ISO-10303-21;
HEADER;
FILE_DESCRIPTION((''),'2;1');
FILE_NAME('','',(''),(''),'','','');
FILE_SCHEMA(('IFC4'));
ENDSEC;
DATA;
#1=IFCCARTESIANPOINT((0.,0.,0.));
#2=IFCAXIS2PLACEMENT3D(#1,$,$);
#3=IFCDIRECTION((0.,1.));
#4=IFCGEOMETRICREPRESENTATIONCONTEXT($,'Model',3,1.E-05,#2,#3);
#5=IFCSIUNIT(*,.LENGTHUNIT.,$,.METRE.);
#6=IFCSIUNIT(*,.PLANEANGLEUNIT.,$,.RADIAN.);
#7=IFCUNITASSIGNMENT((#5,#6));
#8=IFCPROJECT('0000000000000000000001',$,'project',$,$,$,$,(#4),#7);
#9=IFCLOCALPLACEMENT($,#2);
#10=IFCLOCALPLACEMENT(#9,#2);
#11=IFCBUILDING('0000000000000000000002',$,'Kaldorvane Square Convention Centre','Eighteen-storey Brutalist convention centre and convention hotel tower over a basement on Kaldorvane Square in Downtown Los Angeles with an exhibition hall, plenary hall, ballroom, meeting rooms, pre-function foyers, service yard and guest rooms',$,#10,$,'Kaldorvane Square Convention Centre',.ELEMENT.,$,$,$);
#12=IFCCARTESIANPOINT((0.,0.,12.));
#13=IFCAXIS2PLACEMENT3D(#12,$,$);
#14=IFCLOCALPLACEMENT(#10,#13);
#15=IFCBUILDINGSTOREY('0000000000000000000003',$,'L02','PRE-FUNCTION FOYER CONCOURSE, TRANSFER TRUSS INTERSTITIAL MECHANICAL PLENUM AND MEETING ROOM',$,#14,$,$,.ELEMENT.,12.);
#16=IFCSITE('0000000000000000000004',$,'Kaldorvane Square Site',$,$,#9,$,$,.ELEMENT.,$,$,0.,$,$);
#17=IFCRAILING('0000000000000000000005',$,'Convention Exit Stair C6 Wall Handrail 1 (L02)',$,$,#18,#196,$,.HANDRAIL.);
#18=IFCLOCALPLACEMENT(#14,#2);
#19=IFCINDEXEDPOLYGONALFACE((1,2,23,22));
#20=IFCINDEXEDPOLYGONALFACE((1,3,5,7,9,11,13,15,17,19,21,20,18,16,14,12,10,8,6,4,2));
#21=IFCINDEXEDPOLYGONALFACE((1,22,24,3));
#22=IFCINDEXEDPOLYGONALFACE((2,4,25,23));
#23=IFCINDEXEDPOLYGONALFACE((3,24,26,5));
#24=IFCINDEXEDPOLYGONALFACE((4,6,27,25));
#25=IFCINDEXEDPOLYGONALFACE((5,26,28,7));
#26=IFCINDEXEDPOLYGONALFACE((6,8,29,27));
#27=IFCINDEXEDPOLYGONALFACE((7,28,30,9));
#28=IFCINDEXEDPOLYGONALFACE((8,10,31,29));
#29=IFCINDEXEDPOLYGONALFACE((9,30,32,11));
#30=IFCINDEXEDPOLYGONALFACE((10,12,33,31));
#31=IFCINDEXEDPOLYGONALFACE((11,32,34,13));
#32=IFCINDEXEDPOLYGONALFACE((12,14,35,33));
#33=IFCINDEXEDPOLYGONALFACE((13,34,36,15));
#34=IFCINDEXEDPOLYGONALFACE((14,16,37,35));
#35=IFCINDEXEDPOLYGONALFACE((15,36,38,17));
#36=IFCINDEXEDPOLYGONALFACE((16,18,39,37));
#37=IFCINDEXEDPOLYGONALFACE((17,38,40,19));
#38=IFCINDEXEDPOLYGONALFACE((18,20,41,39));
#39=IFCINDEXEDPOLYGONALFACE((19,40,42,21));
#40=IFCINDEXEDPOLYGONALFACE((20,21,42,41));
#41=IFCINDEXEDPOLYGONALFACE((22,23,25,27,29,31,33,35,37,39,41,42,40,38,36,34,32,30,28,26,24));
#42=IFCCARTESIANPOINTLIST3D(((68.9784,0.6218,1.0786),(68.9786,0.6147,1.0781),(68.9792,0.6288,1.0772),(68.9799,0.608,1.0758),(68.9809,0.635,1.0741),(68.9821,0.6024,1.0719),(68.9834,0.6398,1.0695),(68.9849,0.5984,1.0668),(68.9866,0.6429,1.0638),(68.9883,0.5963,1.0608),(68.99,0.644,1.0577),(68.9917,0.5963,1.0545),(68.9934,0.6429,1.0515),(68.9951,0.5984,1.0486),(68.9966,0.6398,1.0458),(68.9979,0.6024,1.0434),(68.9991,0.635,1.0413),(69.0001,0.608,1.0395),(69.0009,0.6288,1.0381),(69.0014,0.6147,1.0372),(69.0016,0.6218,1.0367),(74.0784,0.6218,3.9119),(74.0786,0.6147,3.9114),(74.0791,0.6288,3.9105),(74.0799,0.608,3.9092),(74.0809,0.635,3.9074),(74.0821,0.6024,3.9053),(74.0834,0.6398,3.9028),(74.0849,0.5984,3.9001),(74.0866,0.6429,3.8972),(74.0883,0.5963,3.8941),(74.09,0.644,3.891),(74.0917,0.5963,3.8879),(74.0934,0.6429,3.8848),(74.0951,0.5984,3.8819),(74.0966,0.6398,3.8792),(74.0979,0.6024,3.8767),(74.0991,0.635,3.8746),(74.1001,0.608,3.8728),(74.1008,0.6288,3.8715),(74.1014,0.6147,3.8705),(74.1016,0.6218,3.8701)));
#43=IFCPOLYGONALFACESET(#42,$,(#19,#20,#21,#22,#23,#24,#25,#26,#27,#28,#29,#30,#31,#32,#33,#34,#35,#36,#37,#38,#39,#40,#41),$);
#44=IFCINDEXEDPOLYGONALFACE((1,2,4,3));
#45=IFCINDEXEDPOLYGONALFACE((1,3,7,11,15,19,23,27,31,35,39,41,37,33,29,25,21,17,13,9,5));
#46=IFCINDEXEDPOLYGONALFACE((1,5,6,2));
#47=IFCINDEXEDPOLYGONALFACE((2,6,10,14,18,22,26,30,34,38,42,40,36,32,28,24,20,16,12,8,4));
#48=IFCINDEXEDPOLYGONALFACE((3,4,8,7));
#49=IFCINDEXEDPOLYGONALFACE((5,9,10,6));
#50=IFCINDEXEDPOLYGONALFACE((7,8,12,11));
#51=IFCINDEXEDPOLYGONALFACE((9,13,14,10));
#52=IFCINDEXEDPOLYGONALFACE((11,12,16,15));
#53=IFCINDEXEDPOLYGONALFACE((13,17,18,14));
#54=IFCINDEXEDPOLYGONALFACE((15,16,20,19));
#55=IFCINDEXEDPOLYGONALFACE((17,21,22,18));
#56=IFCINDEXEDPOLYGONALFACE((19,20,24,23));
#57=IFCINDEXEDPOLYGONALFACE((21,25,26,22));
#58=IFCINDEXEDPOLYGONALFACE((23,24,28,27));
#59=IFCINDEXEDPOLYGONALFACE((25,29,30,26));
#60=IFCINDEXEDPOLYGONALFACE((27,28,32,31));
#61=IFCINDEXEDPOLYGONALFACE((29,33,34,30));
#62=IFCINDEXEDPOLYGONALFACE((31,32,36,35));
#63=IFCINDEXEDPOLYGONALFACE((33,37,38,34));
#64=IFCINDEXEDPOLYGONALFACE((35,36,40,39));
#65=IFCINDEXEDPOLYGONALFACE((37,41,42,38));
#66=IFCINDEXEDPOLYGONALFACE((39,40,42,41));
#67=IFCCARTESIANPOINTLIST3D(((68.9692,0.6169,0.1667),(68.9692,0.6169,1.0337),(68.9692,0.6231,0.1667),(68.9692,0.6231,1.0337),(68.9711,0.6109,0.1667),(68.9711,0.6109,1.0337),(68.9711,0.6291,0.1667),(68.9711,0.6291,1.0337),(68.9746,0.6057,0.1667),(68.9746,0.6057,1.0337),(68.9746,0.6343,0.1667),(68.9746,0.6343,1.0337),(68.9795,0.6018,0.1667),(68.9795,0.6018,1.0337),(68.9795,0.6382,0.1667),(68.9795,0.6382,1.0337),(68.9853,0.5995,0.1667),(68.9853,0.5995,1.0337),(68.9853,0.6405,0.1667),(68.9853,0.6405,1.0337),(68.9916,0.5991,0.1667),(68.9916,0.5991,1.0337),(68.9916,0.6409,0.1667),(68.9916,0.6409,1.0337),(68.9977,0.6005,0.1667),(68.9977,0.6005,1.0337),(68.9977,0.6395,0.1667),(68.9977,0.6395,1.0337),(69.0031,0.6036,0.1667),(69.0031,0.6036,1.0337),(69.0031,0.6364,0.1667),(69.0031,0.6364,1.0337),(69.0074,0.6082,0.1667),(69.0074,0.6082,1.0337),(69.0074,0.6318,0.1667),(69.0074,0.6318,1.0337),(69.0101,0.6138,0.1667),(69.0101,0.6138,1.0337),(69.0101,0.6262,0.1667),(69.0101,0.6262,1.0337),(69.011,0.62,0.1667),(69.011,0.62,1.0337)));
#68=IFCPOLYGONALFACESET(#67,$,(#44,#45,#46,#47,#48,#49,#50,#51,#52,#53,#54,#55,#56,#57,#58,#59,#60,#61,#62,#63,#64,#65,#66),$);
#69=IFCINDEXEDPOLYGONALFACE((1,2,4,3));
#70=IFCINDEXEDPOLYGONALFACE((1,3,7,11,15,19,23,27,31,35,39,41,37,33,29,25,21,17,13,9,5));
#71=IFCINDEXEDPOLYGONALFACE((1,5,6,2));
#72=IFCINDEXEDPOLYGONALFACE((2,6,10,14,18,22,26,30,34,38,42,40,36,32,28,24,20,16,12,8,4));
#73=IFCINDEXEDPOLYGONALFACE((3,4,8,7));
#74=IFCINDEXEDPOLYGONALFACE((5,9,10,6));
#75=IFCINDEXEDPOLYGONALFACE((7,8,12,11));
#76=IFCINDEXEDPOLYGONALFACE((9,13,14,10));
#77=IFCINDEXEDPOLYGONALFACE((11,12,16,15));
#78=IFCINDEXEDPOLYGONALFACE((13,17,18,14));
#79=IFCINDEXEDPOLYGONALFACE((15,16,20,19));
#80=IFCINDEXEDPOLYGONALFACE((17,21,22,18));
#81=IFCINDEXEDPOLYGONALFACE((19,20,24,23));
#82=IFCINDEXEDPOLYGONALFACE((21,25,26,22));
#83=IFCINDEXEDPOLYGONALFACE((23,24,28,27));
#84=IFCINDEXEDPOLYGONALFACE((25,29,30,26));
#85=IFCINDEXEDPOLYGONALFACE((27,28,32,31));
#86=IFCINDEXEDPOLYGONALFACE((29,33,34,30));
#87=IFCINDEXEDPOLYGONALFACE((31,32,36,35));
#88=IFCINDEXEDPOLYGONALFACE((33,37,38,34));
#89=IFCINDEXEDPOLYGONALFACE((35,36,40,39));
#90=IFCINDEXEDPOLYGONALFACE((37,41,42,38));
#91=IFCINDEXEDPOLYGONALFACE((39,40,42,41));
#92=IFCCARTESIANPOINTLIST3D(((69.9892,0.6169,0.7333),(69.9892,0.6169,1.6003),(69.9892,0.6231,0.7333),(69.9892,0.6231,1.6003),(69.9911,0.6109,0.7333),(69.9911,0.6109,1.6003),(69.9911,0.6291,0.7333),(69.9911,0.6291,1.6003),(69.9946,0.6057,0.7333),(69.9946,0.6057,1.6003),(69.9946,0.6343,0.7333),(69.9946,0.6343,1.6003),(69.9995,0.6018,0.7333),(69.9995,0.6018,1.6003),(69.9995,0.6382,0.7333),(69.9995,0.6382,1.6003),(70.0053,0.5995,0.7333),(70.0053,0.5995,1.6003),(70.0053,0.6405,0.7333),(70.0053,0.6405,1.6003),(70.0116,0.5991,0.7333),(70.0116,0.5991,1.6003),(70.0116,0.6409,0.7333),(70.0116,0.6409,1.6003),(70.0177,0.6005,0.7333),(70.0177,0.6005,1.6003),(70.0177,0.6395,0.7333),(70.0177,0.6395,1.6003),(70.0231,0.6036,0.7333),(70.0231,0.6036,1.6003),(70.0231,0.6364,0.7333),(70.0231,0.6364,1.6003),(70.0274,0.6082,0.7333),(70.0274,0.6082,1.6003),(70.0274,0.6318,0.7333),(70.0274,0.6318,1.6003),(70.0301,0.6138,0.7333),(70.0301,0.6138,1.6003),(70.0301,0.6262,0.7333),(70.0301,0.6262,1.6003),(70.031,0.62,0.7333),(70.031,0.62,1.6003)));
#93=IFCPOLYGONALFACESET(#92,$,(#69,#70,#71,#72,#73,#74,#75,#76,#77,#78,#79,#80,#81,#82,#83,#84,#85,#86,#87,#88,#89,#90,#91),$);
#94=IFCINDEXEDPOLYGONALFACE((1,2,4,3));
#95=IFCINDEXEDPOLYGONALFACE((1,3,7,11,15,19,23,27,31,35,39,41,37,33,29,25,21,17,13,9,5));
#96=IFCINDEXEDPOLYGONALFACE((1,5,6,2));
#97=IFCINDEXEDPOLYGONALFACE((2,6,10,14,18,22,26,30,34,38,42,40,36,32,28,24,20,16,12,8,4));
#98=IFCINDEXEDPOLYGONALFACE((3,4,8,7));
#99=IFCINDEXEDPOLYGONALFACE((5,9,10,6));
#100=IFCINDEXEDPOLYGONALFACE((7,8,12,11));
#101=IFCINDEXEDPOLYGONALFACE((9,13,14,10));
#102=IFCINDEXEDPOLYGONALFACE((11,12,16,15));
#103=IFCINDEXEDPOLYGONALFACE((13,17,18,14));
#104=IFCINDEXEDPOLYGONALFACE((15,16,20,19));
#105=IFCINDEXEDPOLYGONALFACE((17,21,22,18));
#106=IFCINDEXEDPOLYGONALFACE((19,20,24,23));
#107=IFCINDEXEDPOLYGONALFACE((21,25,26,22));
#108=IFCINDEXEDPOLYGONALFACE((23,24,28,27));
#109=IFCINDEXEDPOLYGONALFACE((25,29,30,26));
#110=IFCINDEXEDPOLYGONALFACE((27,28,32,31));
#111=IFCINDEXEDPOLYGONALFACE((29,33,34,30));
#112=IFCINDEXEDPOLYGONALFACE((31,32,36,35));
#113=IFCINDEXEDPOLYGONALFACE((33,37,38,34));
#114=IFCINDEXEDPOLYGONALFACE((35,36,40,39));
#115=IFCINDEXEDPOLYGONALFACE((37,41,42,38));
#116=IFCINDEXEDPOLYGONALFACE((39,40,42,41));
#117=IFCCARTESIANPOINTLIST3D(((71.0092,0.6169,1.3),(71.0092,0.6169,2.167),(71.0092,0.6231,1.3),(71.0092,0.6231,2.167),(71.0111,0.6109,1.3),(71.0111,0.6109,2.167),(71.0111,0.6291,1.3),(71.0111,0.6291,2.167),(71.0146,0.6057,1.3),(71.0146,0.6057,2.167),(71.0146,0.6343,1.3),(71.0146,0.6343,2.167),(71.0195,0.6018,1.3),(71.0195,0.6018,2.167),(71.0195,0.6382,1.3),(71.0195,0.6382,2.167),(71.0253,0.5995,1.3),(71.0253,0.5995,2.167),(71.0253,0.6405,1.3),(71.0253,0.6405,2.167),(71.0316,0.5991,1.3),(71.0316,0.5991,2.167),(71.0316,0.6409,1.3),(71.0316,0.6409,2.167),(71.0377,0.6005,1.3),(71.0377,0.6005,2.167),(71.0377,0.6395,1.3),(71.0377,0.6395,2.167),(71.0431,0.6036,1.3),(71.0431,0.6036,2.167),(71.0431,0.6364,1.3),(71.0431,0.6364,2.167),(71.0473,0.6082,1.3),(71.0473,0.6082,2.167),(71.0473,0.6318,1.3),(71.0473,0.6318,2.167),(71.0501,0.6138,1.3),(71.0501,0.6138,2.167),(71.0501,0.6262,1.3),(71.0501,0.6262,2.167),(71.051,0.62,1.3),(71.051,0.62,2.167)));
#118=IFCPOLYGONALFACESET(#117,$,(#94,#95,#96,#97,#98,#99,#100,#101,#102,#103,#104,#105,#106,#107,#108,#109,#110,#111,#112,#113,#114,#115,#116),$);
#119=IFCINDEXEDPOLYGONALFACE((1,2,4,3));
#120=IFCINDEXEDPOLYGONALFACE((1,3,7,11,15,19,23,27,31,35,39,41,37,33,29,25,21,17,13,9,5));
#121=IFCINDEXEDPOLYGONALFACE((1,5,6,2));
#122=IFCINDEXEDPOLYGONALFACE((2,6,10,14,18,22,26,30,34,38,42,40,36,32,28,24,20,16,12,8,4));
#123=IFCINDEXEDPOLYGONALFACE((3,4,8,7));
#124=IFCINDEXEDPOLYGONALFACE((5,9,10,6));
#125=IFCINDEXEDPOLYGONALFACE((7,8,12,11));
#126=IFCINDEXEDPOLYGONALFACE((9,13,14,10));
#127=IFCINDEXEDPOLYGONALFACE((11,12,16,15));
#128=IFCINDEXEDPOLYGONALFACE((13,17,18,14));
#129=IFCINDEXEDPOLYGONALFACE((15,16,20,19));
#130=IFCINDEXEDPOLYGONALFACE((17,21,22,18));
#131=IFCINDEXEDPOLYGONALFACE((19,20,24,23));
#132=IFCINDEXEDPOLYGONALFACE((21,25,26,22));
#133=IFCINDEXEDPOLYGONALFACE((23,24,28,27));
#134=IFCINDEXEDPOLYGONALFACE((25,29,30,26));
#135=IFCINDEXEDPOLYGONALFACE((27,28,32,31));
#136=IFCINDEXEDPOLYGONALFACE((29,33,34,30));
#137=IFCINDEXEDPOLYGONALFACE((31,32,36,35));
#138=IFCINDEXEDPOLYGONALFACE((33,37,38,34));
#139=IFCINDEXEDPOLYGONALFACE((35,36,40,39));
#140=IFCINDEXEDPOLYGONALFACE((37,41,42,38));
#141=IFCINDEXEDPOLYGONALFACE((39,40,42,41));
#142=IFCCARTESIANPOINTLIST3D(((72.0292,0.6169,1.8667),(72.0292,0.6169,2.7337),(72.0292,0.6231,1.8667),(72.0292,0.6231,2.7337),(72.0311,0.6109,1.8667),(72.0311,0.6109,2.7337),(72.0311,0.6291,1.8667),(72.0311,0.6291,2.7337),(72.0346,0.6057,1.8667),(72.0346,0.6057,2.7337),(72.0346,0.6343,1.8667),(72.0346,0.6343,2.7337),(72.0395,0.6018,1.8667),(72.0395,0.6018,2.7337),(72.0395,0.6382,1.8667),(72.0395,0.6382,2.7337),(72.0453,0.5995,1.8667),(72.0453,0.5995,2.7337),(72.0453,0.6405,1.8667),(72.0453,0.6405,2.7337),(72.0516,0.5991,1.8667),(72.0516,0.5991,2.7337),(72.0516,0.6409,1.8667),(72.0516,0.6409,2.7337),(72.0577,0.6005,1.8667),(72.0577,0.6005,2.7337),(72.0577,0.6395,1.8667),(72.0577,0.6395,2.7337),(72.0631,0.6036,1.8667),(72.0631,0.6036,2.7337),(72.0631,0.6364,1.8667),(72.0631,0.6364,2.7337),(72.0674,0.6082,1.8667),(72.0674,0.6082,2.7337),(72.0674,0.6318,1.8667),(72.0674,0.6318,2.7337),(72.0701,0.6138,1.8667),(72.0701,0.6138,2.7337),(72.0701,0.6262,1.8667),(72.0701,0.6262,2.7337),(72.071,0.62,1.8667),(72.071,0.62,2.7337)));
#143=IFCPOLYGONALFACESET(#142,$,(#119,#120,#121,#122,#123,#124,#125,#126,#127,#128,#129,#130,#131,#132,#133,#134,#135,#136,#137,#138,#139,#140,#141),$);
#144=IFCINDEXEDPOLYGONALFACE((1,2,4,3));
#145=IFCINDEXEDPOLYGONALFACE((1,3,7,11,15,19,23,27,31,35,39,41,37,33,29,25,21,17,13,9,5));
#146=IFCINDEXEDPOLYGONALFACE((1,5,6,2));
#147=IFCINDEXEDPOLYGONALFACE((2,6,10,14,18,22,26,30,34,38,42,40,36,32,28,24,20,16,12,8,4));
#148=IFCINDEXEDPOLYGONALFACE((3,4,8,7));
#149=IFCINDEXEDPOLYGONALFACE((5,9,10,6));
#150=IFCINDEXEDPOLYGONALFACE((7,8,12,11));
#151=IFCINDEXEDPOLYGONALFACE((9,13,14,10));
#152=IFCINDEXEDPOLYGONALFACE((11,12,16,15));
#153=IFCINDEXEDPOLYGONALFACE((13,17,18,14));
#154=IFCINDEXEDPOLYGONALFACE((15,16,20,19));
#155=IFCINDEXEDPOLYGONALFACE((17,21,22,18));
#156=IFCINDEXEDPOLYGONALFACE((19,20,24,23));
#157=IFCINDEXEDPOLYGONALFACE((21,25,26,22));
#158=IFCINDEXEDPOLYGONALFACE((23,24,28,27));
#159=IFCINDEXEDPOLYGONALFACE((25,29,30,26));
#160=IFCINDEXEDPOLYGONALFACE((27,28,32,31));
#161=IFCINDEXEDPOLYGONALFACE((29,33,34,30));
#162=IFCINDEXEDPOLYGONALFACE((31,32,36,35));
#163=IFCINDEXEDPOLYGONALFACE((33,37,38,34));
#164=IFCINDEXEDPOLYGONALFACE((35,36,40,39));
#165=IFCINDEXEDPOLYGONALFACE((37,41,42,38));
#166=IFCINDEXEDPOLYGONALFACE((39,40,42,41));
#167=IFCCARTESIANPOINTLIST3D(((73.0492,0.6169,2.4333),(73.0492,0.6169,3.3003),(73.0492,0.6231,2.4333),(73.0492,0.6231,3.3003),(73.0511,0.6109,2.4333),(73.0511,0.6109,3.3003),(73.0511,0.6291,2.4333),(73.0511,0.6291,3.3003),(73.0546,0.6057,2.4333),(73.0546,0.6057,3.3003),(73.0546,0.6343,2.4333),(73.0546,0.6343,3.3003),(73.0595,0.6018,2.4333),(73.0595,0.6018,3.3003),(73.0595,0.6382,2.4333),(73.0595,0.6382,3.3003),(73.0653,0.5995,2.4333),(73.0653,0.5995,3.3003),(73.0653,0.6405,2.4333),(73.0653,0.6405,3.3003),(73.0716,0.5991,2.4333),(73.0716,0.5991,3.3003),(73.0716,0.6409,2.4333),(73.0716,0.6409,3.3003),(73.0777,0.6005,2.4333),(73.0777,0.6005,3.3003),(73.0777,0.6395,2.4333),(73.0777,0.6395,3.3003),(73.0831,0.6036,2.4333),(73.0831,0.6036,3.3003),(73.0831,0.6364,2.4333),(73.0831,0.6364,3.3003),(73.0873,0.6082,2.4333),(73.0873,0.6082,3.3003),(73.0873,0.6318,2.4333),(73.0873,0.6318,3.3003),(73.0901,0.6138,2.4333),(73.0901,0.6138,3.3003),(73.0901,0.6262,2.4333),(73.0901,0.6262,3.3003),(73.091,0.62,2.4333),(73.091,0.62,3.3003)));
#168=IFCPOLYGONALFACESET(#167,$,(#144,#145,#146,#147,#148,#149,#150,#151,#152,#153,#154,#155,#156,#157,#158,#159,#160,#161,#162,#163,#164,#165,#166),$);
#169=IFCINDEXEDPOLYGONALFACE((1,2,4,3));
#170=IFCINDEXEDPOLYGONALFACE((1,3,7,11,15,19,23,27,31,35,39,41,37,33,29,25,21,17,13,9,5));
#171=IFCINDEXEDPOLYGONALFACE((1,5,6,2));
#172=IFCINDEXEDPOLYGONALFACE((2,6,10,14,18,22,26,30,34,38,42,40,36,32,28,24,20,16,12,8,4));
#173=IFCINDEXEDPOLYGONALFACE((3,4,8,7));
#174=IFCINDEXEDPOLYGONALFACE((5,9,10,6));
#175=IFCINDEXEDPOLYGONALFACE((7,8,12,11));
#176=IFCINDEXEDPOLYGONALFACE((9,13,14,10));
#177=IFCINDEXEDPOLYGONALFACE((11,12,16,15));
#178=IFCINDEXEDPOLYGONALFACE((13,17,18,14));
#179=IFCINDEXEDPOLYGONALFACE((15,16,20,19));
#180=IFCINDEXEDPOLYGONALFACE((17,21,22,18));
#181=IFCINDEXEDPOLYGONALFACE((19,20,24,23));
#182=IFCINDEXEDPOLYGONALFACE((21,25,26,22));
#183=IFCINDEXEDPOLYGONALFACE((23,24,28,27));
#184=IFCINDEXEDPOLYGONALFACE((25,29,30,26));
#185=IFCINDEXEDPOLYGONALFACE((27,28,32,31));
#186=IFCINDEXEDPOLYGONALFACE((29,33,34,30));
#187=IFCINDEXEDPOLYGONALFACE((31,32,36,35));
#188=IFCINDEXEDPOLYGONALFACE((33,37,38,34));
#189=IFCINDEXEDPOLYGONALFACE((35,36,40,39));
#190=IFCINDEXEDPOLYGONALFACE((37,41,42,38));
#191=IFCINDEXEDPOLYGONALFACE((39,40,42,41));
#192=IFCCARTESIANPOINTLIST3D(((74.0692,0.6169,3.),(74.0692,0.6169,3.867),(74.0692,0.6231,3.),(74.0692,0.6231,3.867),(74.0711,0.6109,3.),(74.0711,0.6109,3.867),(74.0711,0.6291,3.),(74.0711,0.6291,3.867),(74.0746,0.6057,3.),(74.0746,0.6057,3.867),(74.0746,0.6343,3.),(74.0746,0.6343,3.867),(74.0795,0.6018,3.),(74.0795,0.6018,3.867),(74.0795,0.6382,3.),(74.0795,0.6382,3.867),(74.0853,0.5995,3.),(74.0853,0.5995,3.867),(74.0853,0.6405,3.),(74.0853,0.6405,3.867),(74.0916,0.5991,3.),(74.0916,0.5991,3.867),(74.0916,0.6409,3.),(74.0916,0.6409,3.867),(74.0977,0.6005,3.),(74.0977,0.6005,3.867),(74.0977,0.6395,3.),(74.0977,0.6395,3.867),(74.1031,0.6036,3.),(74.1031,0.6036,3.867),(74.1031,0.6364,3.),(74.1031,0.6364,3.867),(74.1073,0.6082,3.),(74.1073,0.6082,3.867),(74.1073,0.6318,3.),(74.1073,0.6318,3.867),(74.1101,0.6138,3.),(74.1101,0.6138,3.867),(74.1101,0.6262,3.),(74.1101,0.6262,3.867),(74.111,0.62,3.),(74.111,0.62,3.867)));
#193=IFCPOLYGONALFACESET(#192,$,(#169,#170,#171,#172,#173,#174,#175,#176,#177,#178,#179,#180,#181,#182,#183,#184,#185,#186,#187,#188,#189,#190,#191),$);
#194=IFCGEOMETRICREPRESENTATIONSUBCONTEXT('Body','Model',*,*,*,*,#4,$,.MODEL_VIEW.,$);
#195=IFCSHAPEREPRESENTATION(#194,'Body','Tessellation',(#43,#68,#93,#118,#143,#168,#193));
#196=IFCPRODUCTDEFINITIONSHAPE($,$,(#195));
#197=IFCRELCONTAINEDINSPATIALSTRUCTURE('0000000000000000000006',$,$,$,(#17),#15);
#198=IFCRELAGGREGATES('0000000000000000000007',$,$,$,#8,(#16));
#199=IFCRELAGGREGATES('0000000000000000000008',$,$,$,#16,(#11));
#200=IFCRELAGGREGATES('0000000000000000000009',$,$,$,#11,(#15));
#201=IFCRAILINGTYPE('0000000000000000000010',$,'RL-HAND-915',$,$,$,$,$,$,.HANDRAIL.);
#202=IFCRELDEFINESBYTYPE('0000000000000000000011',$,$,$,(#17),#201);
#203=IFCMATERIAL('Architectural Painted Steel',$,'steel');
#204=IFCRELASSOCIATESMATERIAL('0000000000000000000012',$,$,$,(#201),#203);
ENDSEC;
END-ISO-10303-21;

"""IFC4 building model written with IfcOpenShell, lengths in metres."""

from ifc_helpers import new_model, si_unit, direction, frame, origin, origin_2d, place, context, subcontext, project, spatial, circle, extrude, material, type_object, element, save


model = new_model("IFC4")

# Units and contexts
model_context = context("Model", 3, precision=1e-05, world=origin(), true_north=direction((0.0, 1.0)))
body_context = subcontext(model_context, "Body", "Model", "MODEL_VIEW")
ifc_project = project(units=[si_unit("LENGTHUNIT", "METRE"), si_unit("PLANEANGLEUNIT", "RADIAN")], contexts=[model_context])

# Site, building, storey
site_placement = place(None, origin())
site = spatial("IfcSite", under=ifc_project, at=site_placement, Name="Kaldorvane Square Site", CompositionType="ELEMENT", RefElevation=0.0)
building_placement = place(site_placement, origin())
building = spatial("IfcBuilding", under=site, at=building_placement, Name="Kaldorvane Square Convention Centre", Description="Eighteen-storey Brutalist convention centre and convention hotel tower over a basement on Kaldorvane Square in Downtown Los Angeles with an exhibition hall, plenary hall, ballroom, meeting rooms, pre-function foyers, service yard and guest rooms", LongName="Kaldorvane Square Convention Centre", CompositionType="ELEMENT")
storey_placement = place(building_placement, frame((0.0, 0.0, 12.0)))
storey = spatial("IfcBuildingStorey", under=building, at=storey_placement, Name="L02", Description="PRE-FUNCTION FOYER CONCOURSE, TRANSFER TRUSS INTERSTITIAL MECHANICAL PLENUM AND MEETING ROOM", CompositionType="ELEMENT", Elevation=12.0)

# Railing
ifc_material_1 = material(Name="Architectural Painted Steel", Category="steel")
railing_type_1 = type_object("IfcRailingType", Name="RL-HAND-915", PredefinedType="HANDRAIL", material=ifc_material_1)
railing_1_placement = place(storey_placement, frame((68.99, 0.62, 0.1667)))
element("IfcRailing", 1, at=railing_1_placement, inside=storey, type_object=railing_type_1, Name="Convention Exit Stair C6 Wall Handrail 1 (L02)", PredefinedType="HANDRAIL", context=body_context, shape_type="SweptSolid", body=[
    extrude(circle(Radius=0.024, at=origin_2d()), frame((0.0, 0.0, 0.891), z_axis=(0.874157, 0.0, 0.485643), x_axis=(0.0, 1.0, 0.0)), (0.0, 0.0, 1.0), 5.8342),
    extrude(circle(Radius=0.021, at=origin_2d()), origin(), (0.0, 0.0, 1.0), 0.867),
    extrude(circle(Radius=0.021, at=origin_2d()), frame((1.02, 0.0, 0.5667)), (0.0, 0.0, 1.0), 0.867),
    extrude(circle(Radius=0.021, at=origin_2d()), frame((2.04, 0.0, 1.1333)), (0.0, 0.0, 1.0), 0.867),
    extrude(circle(Radius=0.021, at=origin_2d()), frame((3.06, 0.0, 1.7)), (0.0, 0.0, 1.0), 0.867),
    extrude(circle(Radius=0.021, at=origin_2d()), frame((4.08, 0.0, 2.2667)), (0.0, 0.0, 1.0), 0.867),
    extrude(circle(Radius=0.021, at=origin_2d()), frame((5.1, 0.0, 2.8333)), (0.0, 0.0, 1.0), 0.867),
])

save(model, "model.ifc")
